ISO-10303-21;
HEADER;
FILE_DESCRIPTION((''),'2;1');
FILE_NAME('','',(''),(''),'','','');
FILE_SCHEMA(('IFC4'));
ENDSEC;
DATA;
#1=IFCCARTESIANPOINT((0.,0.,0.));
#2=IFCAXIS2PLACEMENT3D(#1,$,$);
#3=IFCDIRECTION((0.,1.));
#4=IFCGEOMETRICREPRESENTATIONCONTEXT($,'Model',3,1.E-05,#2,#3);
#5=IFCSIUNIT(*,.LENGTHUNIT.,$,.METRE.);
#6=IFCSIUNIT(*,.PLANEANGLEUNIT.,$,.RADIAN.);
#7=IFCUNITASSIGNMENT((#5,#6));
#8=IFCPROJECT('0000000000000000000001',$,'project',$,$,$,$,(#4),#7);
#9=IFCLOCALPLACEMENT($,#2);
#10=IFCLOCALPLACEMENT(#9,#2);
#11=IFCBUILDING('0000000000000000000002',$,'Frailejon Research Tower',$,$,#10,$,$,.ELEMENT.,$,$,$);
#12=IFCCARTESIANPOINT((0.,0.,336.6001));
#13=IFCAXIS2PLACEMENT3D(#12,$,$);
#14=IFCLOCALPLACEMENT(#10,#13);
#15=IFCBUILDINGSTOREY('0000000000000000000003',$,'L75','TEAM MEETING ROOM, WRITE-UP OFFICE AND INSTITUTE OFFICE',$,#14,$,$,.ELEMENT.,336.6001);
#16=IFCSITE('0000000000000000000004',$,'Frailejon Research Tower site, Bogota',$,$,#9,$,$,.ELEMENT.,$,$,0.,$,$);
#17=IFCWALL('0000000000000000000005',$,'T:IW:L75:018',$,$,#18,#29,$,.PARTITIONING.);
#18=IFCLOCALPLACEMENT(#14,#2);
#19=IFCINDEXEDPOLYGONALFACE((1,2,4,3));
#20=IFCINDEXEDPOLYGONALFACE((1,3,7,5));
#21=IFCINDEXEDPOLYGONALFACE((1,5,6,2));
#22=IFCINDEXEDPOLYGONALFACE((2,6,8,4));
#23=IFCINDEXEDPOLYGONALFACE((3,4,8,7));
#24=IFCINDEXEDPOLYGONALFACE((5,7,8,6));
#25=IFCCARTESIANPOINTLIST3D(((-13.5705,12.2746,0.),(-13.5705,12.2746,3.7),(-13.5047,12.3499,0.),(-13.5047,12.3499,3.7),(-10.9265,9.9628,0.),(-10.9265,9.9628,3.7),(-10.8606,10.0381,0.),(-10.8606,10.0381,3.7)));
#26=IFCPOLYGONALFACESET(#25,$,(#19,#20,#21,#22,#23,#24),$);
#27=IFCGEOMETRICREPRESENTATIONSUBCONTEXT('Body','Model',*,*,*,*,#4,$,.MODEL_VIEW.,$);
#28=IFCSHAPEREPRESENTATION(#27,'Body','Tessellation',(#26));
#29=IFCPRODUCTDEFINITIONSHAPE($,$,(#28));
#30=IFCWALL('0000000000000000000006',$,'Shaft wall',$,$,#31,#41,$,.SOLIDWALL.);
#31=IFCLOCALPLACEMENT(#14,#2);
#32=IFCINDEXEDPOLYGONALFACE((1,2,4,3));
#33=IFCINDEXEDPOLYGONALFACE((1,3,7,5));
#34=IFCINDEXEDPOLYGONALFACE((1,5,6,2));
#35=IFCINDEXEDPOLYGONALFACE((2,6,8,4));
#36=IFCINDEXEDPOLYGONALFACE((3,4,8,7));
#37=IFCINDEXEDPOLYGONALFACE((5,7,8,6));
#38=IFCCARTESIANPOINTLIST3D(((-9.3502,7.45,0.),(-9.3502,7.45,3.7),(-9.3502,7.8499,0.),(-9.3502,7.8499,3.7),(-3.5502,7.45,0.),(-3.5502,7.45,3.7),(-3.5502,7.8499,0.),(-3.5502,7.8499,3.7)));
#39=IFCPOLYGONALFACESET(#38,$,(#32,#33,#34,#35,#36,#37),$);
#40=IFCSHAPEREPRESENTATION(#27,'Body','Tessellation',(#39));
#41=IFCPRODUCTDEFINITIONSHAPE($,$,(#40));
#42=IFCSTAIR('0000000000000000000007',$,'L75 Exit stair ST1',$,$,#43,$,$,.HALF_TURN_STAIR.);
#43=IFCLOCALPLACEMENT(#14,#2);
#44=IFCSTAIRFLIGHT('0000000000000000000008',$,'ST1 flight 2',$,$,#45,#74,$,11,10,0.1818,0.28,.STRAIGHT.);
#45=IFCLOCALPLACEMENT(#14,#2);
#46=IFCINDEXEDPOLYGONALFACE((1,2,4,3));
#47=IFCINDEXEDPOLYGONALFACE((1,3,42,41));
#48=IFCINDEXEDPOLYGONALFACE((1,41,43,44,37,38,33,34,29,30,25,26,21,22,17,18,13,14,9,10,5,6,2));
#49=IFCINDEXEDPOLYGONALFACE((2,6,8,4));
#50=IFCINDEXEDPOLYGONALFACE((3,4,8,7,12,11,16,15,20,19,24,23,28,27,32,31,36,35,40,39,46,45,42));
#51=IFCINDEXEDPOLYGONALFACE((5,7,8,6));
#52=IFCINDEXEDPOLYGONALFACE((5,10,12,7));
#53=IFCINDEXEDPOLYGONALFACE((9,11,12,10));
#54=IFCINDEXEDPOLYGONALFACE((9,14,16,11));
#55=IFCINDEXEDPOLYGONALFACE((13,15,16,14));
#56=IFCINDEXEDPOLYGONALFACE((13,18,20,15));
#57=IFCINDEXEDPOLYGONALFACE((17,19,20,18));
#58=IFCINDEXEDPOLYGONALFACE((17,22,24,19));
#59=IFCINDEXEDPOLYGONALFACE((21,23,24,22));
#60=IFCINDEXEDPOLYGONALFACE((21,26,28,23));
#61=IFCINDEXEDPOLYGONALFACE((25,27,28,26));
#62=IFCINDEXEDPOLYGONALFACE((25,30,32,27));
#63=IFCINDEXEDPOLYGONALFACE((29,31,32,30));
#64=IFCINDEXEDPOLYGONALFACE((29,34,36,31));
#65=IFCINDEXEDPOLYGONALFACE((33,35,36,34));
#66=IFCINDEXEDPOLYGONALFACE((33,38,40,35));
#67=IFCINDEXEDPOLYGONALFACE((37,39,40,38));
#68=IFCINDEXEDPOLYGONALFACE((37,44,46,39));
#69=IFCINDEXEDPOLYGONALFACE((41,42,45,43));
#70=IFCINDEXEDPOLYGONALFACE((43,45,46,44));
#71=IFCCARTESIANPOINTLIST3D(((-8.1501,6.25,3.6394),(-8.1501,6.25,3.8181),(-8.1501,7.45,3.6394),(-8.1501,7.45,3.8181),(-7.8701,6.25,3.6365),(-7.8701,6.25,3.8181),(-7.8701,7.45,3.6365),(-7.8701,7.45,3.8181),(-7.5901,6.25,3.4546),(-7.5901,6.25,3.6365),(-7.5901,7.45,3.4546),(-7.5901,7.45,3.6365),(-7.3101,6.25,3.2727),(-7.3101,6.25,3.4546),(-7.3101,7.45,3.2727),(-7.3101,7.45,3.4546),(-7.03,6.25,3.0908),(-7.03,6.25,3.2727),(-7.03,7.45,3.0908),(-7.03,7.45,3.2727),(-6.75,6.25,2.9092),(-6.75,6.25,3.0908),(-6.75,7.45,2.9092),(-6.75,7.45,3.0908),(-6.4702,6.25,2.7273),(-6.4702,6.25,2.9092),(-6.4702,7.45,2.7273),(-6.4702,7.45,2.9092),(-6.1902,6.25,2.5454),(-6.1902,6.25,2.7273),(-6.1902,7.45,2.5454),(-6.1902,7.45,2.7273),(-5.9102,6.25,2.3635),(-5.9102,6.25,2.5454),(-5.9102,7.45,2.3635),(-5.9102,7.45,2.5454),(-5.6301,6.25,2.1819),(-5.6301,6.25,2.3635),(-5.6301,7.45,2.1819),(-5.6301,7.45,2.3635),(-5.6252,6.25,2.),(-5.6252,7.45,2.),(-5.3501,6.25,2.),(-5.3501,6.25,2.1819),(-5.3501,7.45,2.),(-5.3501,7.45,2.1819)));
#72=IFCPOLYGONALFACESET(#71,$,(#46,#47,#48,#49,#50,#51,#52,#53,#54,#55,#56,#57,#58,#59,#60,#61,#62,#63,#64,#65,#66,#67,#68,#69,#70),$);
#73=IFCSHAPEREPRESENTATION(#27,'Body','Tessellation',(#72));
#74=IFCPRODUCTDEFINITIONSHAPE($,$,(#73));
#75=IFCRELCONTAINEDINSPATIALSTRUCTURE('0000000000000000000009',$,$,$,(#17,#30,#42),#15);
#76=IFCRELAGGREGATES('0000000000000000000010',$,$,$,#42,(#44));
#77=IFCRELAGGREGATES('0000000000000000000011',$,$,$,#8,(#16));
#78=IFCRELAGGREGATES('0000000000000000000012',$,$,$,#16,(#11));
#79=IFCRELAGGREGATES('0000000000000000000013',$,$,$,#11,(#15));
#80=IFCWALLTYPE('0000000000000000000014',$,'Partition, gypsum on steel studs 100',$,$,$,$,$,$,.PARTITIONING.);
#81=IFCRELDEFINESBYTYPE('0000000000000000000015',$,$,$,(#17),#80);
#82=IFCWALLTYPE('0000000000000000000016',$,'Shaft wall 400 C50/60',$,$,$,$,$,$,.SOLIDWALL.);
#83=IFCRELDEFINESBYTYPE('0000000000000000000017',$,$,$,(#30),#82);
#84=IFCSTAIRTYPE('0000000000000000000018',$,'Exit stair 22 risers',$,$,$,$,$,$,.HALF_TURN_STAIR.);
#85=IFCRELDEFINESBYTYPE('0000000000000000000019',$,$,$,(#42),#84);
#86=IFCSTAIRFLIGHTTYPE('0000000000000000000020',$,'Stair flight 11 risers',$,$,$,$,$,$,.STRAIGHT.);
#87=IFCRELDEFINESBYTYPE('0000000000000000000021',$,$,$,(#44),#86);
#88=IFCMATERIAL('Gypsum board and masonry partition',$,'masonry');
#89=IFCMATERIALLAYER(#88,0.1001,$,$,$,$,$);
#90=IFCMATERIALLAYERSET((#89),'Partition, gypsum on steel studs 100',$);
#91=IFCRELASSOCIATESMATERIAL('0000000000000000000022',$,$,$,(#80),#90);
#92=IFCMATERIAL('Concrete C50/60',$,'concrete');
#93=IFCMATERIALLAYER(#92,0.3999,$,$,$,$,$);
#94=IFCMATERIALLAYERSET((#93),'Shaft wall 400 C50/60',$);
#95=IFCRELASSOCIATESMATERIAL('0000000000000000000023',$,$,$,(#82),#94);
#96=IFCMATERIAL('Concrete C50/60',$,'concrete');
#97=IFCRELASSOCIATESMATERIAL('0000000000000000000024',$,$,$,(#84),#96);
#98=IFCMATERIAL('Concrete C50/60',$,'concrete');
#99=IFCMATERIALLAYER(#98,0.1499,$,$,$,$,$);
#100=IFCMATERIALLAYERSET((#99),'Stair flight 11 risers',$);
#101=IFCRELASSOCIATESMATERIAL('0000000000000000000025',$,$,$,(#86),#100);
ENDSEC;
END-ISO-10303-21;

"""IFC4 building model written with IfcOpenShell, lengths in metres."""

from ifc_helpers import new_model, si_unit, direction, frame, frame_2d, origin, place, context, subcontext, project, spatial, polyline, rectangle, outline, extrude, material, layer, layer_set, type_object, element, aggregate, save


model = new_model("IFC4")

# Units and contexts
model_context = context("Model", 3, precision=1e-05, world=origin(), true_north=direction((0.0, 1.0)))
body_context = subcontext(model_context, "Body", "Model", "MODEL_VIEW")
ifc_project = project(units=[si_unit("LENGTHUNIT", "METRE"), si_unit("PLANEANGLEUNIT", "RADIAN")], contexts=[model_context])

# Site, building, storey
site_placement = place(None, origin())
site = spatial("IfcSite", under=ifc_project, at=site_placement, Name="Frailejon Research Tower site, Bogota", CompositionType="ELEMENT", RefElevation=0.0)
building_placement = place(site_placement, origin())
building = spatial("IfcBuilding", under=site, at=building_placement, Name="Frailejon Research Tower", CompositionType="ELEMENT")
storey_placement = place(building_placement, frame((0.0, 0.0, 336.6001)))
storey = spatial("IfcBuildingStorey", under=building, at=storey_placement, Name="L75", Description="TEAM MEETING ROOM, WRITE-UP OFFICE AND INSTITUTE OFFICE", CompositionType="ELEMENT", Elevation=336.6001)

# Walls
ifc_material_1 = material(Name="Gypsum board and masonry partition", Category="masonry")
ifc_layer_1 = layer(ifc_material_1, 0.1001)
ifc_layer_set_1 = layer_set([ifc_layer_1], Name="Partition, gypsum on steel studs 100")
wall_type_1 = type_object("IfcWallType", Name="Partition, gypsum on steel studs 100", PredefinedType="PARTITIONING", material=ifc_layer_set_1)
wall_1_placement = place(storey_placement, frame((-13.5376, 12.3123, 0.0), z_axis=(0.0, 0.0, 1.0), x_axis=(0.752826, -0.658219, 0.0)))
element("IfcWall", 1, at=wall_1_placement, inside=storey, type_object=wall_type_1, Name="T:IW:L75:018", PredefinedType="PARTITIONING", context=body_context, shape_type="SweptSolid", body=[
    extrude(rectangle(XDim=3.5122, YDim=0.1001, at=frame_2d((1.7561, 0.0))), origin(), (0.0, 0.0, 1.0), 3.7),
])
ifc_material_2 = material(Name="Concrete C50/60", Category="concrete")
ifc_layer_2 = layer(ifc_material_2, 0.3999)
ifc_layer_set_2 = layer_set([ifc_layer_2], Name="Shaft wall 400 C50/60")
wall_type_2 = type_object("IfcWallType", Name="Shaft wall 400 C50/60", PredefinedType="SOLIDWALL", material=ifc_layer_set_2)
wall_2_placement = place(storey_placement, frame((-9.3501, 7.6499, 0.0), z_axis=(0.0, 0.0, 1.0), x_axis=(1.0, 0.0, 0.0)))
element("IfcWall", 2, at=wall_2_placement, inside=storey, type_object=wall_type_2, Name="Shaft wall", PredefinedType="SOLIDWALL", context=body_context, shape_type="SweptSolid", body=[
    extrude(rectangle(XDim=5.8, YDim=0.3999, at=frame_2d((2.8999, 0.0))), origin(), (0.0, 0.0, 1.0), 3.7),
])

# Stair, stair flight
ifc_material_3 = material(Name="Concrete C50/60", Category="concrete")
stair_type = type_object("IfcStairType", Name="Exit stair 22 risers", PredefinedType="HALF_TURN_STAIR", material=ifc_material_3)
stair_placement = place(storey_placement, origin())
stair = element("IfcStair", 3, at=stair_placement, inside=storey, type_object=stair_type, Name="L75 Exit stair ST1", PredefinedType="HALF_TURN_STAIR")
ifc_material_4 = material(Name="Concrete C50/60", Category="concrete")
ifc_layer_3 = layer(ifc_material_4, 0.1499)
ifc_layer_set_3 = layer_set([ifc_layer_3], Name="Stair flight 11 risers")
stair_flight_type = type_object("IfcStairFlightType", Name="Stair flight 11 risers", PredefinedType="STRAIGHT", material=ifc_layer_set_3)
stair_flight_placement = place(storey_placement, frame((-5.3501, 6.8501, 2.0), z_axis=(0.0, 0.0, 1.0), x_axis=(-1.0, 0.0, 0.0)))
stair_flight = element("IfcStairFlight", 4, at=stair_flight_placement, type_object=stair_flight_type, Name="ST1 flight 2", NumberOfRisers=11, NumberOfTreads=10, PredefinedType="STRAIGHT", RiserHeight=0.1818, TreadLength=0.28, context=body_context, shape_type="SweptSolid", body=[
    extrude(outline(polyline([(0.0, 0.0), (0.0, 0.1819), (0.28, 0.1819), (0.28, 0.3635), (0.5601, 0.3635), (0.5601, 0.5454), (0.8401, 0.5454), (0.8401, 0.7273), (1.1201, 0.7273), (1.1201, 0.9092), (1.3999, 0.9092), (1.3999, 1.0908), (1.6799, 1.0908), (1.6799, 1.2727), (1.96, 1.2727), (1.96, 1.4546), (2.24, 1.4546), (2.24, 1.6365), (2.52, 1.6365), (2.52, 1.8181), (2.8, 1.8181), (2.8, 2.0), (2.8, 1.6394), (0.2751, 0.0), (0.0, 0.0)])), frame((0.0, 0.6001, 0.0), z_axis=(0.0, -1.0, 0.0), x_axis=(1.0, 0.0, 0.0)), (0.0, 0.0, 1.0), 1.2),
])
aggregate(stair, [stair_flight])

save(model, "model.ifc")
